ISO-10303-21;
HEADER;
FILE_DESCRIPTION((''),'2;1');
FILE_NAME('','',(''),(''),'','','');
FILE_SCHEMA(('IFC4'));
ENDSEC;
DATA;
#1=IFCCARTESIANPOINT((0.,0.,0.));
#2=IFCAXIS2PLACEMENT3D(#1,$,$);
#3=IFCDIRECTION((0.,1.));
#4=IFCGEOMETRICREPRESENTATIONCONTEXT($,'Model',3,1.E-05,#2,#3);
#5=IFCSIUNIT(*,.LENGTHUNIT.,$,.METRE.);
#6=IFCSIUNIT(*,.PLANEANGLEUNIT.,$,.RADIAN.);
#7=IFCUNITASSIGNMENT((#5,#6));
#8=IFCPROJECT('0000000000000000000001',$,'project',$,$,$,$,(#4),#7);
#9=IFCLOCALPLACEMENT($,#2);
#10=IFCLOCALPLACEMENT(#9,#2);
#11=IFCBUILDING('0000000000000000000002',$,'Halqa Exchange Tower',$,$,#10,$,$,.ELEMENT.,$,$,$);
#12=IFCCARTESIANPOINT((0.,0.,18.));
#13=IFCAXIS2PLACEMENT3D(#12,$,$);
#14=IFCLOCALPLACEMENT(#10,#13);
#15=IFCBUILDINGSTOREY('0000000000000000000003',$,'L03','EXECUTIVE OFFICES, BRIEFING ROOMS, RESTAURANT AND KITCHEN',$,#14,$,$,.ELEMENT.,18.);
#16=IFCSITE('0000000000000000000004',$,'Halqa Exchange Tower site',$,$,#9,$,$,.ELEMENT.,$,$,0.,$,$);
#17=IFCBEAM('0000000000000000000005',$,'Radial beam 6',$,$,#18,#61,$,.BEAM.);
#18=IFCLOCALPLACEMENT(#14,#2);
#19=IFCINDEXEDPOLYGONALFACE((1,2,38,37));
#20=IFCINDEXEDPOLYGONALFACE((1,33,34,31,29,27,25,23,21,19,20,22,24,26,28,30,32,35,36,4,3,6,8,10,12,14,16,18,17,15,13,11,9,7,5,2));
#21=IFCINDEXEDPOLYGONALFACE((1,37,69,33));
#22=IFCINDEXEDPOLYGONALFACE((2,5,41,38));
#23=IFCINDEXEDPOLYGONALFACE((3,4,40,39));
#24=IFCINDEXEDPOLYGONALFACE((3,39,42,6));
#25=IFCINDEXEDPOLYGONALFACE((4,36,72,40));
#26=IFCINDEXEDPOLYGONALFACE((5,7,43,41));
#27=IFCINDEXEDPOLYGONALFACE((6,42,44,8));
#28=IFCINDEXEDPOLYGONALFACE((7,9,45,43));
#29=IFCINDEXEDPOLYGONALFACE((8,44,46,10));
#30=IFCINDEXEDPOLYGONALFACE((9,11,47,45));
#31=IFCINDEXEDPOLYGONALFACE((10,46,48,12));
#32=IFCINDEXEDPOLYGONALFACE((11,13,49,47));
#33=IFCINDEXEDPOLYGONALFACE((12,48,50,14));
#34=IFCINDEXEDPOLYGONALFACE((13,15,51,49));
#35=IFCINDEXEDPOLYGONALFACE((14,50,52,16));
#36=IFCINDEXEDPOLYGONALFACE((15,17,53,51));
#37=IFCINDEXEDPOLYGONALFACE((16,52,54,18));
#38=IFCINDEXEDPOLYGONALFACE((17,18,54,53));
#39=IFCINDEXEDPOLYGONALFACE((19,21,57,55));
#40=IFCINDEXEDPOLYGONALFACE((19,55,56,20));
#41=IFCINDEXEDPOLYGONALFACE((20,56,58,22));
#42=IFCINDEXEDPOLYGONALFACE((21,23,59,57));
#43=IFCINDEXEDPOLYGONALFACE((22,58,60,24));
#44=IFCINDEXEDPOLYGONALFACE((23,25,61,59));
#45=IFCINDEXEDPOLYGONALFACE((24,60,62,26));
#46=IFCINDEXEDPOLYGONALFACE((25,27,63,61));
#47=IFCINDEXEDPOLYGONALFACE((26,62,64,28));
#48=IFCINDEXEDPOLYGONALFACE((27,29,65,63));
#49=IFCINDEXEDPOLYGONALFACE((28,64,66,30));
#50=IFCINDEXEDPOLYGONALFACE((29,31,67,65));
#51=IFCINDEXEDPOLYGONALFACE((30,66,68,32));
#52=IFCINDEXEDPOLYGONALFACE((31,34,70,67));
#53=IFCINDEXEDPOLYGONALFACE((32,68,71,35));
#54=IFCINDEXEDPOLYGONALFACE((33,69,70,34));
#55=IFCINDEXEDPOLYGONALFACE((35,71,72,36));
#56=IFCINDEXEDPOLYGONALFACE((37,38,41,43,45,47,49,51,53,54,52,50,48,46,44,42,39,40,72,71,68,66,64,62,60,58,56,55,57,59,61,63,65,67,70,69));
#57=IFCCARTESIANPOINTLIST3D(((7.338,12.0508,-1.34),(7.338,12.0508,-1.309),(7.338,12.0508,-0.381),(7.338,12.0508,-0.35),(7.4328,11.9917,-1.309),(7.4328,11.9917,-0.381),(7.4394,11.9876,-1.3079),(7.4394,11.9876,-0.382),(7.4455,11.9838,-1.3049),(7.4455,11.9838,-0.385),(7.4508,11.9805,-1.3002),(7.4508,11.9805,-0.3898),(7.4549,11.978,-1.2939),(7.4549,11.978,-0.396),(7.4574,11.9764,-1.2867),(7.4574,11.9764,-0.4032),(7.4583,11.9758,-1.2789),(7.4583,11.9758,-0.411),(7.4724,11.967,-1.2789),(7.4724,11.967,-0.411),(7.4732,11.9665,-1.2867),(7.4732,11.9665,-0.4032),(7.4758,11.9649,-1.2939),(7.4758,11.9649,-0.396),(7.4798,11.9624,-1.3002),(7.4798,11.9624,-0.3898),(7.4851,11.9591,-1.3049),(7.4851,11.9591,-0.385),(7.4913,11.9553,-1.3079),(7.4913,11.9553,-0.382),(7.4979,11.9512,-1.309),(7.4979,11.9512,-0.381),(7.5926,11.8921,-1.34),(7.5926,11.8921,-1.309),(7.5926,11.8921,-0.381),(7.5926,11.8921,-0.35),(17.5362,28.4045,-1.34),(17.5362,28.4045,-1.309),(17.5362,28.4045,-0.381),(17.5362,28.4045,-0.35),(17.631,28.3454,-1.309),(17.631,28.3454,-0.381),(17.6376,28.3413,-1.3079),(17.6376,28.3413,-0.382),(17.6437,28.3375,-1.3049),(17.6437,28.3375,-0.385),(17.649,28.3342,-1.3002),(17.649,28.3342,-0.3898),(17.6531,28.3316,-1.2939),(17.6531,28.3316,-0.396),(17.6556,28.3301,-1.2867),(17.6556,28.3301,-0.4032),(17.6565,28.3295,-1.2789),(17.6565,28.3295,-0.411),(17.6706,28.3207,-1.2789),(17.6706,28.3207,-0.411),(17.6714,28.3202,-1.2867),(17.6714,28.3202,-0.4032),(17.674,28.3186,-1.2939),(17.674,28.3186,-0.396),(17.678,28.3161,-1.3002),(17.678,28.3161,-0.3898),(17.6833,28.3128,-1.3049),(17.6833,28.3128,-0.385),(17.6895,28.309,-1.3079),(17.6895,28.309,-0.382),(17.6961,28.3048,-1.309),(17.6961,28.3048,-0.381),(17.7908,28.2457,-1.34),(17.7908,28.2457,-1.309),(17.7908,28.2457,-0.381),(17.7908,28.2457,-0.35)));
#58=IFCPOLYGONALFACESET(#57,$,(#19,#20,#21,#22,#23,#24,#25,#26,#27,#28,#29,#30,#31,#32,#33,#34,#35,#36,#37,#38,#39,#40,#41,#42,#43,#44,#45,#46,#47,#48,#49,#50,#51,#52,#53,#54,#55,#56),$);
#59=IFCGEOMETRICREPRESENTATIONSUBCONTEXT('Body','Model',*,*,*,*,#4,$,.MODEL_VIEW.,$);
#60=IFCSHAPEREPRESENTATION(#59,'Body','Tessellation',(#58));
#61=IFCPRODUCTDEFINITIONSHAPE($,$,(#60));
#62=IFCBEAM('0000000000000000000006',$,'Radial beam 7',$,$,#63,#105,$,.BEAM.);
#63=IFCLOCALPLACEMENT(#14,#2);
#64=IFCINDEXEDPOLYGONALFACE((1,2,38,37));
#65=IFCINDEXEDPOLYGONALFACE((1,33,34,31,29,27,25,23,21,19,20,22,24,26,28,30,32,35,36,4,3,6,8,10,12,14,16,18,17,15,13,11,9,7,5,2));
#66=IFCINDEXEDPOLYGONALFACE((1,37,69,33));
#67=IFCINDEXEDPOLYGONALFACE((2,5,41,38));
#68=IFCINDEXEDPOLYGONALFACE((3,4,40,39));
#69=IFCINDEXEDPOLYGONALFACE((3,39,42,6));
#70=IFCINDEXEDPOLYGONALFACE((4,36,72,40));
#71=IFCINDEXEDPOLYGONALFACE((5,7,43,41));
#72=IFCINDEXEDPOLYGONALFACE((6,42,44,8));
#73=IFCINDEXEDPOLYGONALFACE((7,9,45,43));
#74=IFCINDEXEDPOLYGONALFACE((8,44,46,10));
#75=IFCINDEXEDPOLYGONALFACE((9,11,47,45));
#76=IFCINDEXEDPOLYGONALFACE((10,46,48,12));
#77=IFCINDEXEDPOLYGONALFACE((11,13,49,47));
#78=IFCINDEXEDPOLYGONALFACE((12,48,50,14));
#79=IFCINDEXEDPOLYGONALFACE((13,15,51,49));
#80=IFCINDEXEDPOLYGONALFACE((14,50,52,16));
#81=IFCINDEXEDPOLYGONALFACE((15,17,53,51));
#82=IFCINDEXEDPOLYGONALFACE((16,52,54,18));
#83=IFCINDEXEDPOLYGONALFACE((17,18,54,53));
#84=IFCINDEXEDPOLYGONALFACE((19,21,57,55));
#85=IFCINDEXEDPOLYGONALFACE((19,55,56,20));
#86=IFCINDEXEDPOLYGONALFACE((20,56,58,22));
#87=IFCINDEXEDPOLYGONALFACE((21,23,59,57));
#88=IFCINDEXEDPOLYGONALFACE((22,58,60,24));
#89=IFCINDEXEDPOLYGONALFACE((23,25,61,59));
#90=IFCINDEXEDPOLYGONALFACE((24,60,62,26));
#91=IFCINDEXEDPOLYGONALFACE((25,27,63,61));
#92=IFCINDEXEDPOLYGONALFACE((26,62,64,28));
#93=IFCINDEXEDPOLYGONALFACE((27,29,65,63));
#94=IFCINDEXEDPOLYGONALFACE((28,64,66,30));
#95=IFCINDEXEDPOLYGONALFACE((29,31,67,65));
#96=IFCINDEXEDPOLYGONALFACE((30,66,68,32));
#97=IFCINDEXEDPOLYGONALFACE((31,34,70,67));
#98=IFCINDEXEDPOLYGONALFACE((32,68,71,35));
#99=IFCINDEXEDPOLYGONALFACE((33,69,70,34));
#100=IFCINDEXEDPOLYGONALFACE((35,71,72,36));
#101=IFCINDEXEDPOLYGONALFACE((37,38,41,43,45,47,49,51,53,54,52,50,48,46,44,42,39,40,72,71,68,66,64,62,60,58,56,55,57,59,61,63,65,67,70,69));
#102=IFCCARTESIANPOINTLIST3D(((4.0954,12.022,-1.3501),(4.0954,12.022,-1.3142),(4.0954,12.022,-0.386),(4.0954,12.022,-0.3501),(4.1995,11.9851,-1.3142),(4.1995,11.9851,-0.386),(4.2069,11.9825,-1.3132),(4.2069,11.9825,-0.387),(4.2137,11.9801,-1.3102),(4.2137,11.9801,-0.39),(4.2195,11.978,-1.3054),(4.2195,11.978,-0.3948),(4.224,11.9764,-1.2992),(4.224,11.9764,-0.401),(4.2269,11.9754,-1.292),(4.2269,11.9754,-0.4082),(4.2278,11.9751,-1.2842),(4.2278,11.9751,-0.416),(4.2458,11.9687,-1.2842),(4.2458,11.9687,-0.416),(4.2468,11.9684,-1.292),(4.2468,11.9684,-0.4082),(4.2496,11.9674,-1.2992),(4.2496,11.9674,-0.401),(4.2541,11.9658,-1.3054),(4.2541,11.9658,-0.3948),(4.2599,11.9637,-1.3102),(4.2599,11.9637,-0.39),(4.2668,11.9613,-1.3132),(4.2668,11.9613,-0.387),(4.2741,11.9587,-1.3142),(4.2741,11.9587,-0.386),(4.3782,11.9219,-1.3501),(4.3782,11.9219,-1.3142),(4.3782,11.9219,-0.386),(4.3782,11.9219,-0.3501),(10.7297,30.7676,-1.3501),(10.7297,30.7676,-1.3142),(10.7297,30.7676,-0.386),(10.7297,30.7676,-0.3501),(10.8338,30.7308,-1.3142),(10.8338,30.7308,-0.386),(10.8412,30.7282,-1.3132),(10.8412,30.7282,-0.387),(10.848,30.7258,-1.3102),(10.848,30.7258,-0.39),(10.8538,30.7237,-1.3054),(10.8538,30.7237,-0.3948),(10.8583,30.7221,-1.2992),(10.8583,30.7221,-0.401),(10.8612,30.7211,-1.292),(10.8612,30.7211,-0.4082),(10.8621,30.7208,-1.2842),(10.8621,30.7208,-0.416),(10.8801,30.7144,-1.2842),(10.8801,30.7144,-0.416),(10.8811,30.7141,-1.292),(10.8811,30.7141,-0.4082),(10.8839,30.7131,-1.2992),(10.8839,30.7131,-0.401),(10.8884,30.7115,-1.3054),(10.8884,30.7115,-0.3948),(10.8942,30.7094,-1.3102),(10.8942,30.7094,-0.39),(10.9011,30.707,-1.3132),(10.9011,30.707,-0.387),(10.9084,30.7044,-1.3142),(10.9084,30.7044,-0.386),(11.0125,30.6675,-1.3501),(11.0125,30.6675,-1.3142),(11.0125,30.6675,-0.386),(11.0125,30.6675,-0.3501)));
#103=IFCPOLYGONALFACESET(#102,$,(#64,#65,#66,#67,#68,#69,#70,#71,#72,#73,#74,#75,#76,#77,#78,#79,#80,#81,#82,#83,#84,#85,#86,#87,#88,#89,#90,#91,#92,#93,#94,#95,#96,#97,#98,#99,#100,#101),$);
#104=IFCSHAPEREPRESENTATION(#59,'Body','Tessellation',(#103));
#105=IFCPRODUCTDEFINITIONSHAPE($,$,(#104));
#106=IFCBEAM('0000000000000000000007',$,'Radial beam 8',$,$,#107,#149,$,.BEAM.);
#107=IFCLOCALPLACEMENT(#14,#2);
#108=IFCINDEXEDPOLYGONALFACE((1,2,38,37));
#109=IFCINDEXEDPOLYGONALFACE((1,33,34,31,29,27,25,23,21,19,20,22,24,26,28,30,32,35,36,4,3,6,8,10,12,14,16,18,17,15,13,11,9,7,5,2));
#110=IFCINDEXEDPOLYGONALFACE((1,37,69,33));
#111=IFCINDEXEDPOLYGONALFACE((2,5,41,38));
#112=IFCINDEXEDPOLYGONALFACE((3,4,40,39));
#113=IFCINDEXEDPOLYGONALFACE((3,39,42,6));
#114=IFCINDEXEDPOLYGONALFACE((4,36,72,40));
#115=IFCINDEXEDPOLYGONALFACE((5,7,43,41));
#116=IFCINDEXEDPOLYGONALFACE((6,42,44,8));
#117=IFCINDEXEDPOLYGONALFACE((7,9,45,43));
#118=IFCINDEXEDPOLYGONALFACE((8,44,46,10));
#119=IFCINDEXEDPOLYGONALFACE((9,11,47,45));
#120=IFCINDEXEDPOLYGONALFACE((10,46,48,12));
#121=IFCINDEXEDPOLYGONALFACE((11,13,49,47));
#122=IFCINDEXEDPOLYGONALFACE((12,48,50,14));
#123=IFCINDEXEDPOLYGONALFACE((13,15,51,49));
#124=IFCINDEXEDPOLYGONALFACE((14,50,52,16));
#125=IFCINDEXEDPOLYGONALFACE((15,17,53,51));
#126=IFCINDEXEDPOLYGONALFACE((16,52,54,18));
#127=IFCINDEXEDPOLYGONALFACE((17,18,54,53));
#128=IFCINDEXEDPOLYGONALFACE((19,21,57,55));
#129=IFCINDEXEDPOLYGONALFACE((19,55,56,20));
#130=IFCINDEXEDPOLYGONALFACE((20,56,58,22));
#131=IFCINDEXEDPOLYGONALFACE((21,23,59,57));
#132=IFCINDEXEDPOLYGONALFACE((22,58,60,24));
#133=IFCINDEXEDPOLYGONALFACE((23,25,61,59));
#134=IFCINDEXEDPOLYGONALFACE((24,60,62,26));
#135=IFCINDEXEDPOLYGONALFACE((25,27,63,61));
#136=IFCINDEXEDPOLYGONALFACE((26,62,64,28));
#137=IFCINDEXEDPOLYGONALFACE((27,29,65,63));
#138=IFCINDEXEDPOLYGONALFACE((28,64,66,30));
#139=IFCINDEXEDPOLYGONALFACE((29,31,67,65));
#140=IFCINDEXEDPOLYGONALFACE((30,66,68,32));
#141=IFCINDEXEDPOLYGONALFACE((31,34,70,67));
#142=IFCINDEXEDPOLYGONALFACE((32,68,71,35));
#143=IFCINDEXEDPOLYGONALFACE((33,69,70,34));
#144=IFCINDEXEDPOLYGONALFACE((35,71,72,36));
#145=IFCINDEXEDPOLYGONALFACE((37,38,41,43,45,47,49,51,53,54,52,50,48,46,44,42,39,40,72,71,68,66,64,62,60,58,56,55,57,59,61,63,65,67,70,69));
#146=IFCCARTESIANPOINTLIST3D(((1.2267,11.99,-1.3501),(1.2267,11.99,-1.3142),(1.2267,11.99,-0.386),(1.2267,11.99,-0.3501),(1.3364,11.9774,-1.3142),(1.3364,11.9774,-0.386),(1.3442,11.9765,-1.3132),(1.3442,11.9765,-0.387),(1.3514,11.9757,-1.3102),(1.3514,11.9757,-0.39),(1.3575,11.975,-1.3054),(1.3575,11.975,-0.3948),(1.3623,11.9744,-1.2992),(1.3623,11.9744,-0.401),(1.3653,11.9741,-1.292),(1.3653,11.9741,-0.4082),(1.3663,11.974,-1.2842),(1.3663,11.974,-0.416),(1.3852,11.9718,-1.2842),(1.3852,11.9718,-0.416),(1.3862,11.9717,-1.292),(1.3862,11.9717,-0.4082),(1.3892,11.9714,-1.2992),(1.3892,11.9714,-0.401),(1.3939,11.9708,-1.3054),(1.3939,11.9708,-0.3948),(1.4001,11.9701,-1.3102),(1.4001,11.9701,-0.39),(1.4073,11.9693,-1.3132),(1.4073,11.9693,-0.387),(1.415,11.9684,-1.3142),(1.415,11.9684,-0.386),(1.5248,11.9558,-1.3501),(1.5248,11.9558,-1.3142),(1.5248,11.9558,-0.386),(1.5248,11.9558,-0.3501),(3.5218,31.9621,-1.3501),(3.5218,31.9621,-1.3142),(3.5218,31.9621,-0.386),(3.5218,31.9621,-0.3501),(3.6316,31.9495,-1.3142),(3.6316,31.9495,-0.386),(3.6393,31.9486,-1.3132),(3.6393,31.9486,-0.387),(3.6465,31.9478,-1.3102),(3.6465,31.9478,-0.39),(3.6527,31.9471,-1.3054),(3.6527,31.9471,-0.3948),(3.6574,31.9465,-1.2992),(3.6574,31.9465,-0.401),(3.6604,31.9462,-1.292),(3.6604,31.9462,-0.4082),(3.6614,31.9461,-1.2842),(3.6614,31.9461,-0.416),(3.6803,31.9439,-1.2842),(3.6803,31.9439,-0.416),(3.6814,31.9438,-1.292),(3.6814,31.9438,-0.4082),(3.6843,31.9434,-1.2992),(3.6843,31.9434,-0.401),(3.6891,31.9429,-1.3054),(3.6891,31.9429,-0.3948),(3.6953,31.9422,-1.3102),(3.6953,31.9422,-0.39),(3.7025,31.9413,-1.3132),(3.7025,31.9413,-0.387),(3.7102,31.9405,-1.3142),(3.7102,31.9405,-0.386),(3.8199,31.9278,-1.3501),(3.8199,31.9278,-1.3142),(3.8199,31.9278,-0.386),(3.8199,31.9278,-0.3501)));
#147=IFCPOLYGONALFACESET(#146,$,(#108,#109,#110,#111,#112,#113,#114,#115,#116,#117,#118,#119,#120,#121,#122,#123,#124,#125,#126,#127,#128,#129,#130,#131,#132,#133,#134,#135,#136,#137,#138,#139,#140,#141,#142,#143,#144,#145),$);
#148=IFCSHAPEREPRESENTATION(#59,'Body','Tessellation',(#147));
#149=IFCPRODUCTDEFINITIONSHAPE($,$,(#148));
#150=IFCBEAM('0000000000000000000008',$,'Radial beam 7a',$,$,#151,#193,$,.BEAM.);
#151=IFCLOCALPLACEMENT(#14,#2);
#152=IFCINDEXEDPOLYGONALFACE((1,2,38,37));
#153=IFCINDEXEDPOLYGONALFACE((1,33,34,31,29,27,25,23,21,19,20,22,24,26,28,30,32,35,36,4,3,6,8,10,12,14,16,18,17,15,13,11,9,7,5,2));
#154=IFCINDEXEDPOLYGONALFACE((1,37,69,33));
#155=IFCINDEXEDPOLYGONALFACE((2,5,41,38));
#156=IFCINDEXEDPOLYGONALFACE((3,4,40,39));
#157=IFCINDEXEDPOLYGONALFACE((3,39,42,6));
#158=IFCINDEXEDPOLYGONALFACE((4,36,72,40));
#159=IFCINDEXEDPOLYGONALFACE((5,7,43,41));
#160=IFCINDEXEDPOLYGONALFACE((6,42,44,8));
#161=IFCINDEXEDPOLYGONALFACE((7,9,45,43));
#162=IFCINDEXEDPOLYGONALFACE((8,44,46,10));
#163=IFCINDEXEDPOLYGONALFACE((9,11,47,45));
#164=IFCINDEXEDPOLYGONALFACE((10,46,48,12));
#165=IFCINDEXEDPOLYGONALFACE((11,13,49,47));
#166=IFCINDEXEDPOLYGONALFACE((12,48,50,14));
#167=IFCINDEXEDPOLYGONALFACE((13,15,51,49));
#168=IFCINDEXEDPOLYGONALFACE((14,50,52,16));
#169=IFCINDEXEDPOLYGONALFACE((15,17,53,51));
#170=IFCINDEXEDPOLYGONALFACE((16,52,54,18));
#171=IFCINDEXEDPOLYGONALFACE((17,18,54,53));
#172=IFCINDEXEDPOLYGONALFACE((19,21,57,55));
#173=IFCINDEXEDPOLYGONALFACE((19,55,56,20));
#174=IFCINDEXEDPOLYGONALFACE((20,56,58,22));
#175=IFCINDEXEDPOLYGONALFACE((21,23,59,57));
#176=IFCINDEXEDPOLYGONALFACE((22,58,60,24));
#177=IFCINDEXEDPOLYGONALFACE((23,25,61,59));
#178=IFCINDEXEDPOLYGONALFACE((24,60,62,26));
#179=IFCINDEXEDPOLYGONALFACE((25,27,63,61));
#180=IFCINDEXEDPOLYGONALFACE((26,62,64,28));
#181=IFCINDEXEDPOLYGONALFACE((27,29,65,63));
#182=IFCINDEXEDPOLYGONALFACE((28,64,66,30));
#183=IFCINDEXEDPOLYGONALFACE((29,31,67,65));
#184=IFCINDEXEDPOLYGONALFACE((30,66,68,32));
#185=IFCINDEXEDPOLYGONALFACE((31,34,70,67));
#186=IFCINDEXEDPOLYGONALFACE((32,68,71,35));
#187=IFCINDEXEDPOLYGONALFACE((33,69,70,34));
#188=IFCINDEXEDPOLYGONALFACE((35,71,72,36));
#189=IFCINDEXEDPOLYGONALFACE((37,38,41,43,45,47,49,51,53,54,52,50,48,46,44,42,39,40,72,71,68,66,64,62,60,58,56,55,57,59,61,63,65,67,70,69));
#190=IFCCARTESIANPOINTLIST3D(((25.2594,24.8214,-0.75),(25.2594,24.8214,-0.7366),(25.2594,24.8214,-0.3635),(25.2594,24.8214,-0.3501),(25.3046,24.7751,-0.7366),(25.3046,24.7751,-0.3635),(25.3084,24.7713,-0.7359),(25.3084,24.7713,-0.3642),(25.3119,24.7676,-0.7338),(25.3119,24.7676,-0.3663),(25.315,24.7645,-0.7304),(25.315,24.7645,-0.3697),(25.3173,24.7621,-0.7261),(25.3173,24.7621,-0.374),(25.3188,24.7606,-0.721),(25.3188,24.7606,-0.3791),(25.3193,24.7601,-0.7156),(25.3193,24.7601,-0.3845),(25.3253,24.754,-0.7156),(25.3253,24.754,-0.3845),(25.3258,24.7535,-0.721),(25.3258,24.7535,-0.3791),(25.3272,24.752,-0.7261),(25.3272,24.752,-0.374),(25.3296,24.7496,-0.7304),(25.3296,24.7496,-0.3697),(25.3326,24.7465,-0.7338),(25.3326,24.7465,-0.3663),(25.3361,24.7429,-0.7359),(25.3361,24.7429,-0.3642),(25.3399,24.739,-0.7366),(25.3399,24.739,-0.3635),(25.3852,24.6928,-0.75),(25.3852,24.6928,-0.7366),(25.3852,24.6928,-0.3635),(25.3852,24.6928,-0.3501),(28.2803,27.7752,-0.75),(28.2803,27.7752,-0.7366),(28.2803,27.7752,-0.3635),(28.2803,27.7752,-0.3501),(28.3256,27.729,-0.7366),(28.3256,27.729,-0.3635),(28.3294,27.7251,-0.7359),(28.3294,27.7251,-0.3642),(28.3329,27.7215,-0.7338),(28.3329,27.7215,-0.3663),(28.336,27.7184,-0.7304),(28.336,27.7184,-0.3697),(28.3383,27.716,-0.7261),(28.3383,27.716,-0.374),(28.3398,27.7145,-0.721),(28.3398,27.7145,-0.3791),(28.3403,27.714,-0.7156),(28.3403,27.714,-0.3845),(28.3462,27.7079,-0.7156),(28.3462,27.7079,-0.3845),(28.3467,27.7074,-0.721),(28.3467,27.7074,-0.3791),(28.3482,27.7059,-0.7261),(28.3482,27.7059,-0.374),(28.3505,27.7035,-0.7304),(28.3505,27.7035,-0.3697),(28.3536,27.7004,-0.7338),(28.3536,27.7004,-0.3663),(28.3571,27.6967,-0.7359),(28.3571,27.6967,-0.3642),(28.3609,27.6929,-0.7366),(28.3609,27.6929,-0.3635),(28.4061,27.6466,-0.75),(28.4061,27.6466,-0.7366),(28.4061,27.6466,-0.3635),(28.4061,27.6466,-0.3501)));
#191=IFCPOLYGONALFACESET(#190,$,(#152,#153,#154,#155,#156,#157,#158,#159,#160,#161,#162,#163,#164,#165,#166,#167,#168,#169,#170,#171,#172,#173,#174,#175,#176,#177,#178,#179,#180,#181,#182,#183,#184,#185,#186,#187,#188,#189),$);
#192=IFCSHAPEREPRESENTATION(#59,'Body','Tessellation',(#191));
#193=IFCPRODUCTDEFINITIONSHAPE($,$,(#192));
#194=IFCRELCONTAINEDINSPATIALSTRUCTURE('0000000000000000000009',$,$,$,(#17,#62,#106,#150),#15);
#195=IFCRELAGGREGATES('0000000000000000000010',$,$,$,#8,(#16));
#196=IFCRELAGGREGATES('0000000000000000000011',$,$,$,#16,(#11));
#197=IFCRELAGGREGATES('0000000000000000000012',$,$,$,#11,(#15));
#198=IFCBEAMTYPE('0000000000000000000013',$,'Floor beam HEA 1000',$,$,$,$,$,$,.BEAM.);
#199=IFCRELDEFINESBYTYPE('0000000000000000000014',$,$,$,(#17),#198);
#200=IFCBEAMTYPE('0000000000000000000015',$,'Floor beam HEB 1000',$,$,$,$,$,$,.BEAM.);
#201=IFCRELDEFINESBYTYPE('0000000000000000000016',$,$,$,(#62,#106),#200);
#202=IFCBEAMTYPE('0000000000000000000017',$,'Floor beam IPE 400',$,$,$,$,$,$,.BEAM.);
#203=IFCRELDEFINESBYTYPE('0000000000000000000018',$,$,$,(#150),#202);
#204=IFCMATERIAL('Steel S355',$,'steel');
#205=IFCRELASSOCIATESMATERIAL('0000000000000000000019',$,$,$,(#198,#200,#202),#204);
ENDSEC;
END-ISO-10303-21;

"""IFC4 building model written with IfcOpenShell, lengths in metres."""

from ifc_helpers import new_model, si_unit, direction, frame, origin, origin_2d, place, context, subcontext, project, spatial, i_section, extrude, material, material_profile, profile_set, type_object, element, save


model = new_model("IFC4")

# Units and contexts
model_context = context("Model", 3, precision=1e-05, world=origin(), true_north=direction((0.0, 1.0)))
body_context = subcontext(model_context, "Body", "Model", "MODEL_VIEW")
ifc_project = project(units=[si_unit("LENGTHUNIT", "METRE"), si_unit("PLANEANGLEUNIT", "RADIAN")], contexts=[model_context])

# Site, building, storey
site_placement = place(None, origin())
site = spatial("IfcSite", under=ifc_project, at=site_placement, Name="Halqa Exchange Tower site", CompositionType="ELEMENT", RefElevation=0.0)
building_placement = place(site_placement, origin())
building = spatial("IfcBuilding", under=site, at=building_placement, Name="Halqa Exchange Tower", CompositionType="ELEMENT")
storey_placement = place(building_placement, frame((0.0, 0.0, 18.0)))
storey = spatial("IfcBuildingStorey", under=building, at=storey_placement, Name="L03", Description="EXECUTIVE OFFICES, BRIEFING ROOMS, RESTAURANT AND KITCHEN", CompositionType="ELEMENT", Elevation=18.0)

# Beams
ifc_material_1 = material(Name="Steel S355", Category="steel")
ifc_material_profile_1 = material_profile(ifc_material_1, i_section(OverallWidth=0.3, OverallDepth=0.99, WebThickness=0.0166, FlangeThickness=0.031, FilletRadius=0.03, at=origin_2d()), Name="HEA 1000")
ifc_profile_set_1 = profile_set([ifc_material_profile_1], Name="Steel S355")
beam_type_1 = type_object("IfcBeamType", Name="Floor beam HEA 1000", PredefinedType="BEAM", material=ifc_profile_set_1)
beam_1_placement = place(storey_placement, frame((7.4653, 11.9714, -0.845), z_axis=(0.529146, 0.848531, 0.0), x_axis=(-0.848531, 0.529146, 0.0)))
element("IfcBeam", 1, at=beam_1_placement, inside=storey, type_object=beam_type_1, Name="Radial beam 6", PredefinedType="BEAM", context=body_context, shape_type="SweptSolid", body=[
    extrude(i_section(OverallWidth=0.3, OverallDepth=0.99, WebThickness=0.0166, FlangeThickness=0.031, FilletRadius=0.03, at=origin_2d()), origin(), (0.0, 0.0, 1.0), 19.2729),
])
ifc_material_profile_2 = material_profile(ifc_material_1, i_section(OverallWidth=0.3, OverallDepth=1.0, WebThickness=0.019, FlangeThickness=0.0359, FilletRadius=0.03, at=origin_2d()), Name="HEB 1000")
ifc_profile_set_2 = profile_set([ifc_material_profile_2], Name="Steel S355")
beam_type_2 = type_object("IfcBeamType", Name="Floor beam HEB 1000", PredefinedType="BEAM", material=ifc_profile_set_2)
beam_2_placement = place(storey_placement, frame((4.2368, 11.9719, -0.8501), z_axis=(0.333633, 0.942703, 0.0), x_axis=(-0.942703, 0.333633, 0.0)))
element("IfcBeam", 2, at=beam_2_placement, inside=storey, type_object=beam_type_2, Name="Radial beam 7", PredefinedType="BEAM", context=body_context, shape_type="SweptSolid", body=[
    extrude(i_section(OverallWidth=0.3, OverallDepth=1.0, WebThickness=0.019, FlangeThickness=0.0359, FilletRadius=0.03, at=origin_2d()), origin(), (0.0, 0.0, 1.0), 19.885),
])
beam_3_placement = place(storey_placement, frame((1.3757, 11.9729, -0.8501), z_axis=(0.114167, 0.993462, 0.0), x_axis=(-0.993462, 0.114167, 0.0)))
element("IfcBeam", 3, at=beam_3_placement, inside=storey, type_object=beam_type_2, Name="Radial beam 8", PredefinedType="BEAM", context=body_context, shape_type="SweptSolid", body=[
    extrude(i_section(OverallWidth=0.3, OverallDepth=1.0, WebThickness=0.019, FlangeThickness=0.0359, FilletRadius=0.03, at=origin_2d()), origin(), (0.0, 0.0, 1.0), 20.1035),
])
ifc_material_profile_3 = material_profile(ifc_material_1, i_section(OverallWidth=0.1799, OverallDepth=0.3999, WebThickness=0.0085, FlangeThickness=0.0134, FilletRadius=0.021, at=origin_2d()), Name="IPE 400")
ifc_profile_set_3 = profile_set([ifc_material_profile_3], Name="Steel S355")
beam_type_3 = type_object("IfcBeamType", Name="Floor beam IPE 400", PredefinedType="BEAM", material=ifc_profile_set_3)
beam_4_placement = place(storey_placement, frame((25.3223, 24.7571, -0.55), z_axis=(0.715007, 0.699117, 0.0), x_axis=(-0.699117, 0.715007, 0.0)))
element("IfcBeam", 4, at=beam_4_placement, inside=storey, type_object=beam_type_3, Name="Radial beam 7a", PredefinedType="BEAM", context=body_context, shape_type="SweptSolid", body=[
    extrude(i_section(OverallWidth=0.1799, OverallDepth=0.3999, WebThickness=0.0085, FlangeThickness=0.0134, FilletRadius=0.021, at=origin_2d()), origin(), (0.0, 0.0, 1.0), 4.2251),
])

save(model, "model.ifc")
